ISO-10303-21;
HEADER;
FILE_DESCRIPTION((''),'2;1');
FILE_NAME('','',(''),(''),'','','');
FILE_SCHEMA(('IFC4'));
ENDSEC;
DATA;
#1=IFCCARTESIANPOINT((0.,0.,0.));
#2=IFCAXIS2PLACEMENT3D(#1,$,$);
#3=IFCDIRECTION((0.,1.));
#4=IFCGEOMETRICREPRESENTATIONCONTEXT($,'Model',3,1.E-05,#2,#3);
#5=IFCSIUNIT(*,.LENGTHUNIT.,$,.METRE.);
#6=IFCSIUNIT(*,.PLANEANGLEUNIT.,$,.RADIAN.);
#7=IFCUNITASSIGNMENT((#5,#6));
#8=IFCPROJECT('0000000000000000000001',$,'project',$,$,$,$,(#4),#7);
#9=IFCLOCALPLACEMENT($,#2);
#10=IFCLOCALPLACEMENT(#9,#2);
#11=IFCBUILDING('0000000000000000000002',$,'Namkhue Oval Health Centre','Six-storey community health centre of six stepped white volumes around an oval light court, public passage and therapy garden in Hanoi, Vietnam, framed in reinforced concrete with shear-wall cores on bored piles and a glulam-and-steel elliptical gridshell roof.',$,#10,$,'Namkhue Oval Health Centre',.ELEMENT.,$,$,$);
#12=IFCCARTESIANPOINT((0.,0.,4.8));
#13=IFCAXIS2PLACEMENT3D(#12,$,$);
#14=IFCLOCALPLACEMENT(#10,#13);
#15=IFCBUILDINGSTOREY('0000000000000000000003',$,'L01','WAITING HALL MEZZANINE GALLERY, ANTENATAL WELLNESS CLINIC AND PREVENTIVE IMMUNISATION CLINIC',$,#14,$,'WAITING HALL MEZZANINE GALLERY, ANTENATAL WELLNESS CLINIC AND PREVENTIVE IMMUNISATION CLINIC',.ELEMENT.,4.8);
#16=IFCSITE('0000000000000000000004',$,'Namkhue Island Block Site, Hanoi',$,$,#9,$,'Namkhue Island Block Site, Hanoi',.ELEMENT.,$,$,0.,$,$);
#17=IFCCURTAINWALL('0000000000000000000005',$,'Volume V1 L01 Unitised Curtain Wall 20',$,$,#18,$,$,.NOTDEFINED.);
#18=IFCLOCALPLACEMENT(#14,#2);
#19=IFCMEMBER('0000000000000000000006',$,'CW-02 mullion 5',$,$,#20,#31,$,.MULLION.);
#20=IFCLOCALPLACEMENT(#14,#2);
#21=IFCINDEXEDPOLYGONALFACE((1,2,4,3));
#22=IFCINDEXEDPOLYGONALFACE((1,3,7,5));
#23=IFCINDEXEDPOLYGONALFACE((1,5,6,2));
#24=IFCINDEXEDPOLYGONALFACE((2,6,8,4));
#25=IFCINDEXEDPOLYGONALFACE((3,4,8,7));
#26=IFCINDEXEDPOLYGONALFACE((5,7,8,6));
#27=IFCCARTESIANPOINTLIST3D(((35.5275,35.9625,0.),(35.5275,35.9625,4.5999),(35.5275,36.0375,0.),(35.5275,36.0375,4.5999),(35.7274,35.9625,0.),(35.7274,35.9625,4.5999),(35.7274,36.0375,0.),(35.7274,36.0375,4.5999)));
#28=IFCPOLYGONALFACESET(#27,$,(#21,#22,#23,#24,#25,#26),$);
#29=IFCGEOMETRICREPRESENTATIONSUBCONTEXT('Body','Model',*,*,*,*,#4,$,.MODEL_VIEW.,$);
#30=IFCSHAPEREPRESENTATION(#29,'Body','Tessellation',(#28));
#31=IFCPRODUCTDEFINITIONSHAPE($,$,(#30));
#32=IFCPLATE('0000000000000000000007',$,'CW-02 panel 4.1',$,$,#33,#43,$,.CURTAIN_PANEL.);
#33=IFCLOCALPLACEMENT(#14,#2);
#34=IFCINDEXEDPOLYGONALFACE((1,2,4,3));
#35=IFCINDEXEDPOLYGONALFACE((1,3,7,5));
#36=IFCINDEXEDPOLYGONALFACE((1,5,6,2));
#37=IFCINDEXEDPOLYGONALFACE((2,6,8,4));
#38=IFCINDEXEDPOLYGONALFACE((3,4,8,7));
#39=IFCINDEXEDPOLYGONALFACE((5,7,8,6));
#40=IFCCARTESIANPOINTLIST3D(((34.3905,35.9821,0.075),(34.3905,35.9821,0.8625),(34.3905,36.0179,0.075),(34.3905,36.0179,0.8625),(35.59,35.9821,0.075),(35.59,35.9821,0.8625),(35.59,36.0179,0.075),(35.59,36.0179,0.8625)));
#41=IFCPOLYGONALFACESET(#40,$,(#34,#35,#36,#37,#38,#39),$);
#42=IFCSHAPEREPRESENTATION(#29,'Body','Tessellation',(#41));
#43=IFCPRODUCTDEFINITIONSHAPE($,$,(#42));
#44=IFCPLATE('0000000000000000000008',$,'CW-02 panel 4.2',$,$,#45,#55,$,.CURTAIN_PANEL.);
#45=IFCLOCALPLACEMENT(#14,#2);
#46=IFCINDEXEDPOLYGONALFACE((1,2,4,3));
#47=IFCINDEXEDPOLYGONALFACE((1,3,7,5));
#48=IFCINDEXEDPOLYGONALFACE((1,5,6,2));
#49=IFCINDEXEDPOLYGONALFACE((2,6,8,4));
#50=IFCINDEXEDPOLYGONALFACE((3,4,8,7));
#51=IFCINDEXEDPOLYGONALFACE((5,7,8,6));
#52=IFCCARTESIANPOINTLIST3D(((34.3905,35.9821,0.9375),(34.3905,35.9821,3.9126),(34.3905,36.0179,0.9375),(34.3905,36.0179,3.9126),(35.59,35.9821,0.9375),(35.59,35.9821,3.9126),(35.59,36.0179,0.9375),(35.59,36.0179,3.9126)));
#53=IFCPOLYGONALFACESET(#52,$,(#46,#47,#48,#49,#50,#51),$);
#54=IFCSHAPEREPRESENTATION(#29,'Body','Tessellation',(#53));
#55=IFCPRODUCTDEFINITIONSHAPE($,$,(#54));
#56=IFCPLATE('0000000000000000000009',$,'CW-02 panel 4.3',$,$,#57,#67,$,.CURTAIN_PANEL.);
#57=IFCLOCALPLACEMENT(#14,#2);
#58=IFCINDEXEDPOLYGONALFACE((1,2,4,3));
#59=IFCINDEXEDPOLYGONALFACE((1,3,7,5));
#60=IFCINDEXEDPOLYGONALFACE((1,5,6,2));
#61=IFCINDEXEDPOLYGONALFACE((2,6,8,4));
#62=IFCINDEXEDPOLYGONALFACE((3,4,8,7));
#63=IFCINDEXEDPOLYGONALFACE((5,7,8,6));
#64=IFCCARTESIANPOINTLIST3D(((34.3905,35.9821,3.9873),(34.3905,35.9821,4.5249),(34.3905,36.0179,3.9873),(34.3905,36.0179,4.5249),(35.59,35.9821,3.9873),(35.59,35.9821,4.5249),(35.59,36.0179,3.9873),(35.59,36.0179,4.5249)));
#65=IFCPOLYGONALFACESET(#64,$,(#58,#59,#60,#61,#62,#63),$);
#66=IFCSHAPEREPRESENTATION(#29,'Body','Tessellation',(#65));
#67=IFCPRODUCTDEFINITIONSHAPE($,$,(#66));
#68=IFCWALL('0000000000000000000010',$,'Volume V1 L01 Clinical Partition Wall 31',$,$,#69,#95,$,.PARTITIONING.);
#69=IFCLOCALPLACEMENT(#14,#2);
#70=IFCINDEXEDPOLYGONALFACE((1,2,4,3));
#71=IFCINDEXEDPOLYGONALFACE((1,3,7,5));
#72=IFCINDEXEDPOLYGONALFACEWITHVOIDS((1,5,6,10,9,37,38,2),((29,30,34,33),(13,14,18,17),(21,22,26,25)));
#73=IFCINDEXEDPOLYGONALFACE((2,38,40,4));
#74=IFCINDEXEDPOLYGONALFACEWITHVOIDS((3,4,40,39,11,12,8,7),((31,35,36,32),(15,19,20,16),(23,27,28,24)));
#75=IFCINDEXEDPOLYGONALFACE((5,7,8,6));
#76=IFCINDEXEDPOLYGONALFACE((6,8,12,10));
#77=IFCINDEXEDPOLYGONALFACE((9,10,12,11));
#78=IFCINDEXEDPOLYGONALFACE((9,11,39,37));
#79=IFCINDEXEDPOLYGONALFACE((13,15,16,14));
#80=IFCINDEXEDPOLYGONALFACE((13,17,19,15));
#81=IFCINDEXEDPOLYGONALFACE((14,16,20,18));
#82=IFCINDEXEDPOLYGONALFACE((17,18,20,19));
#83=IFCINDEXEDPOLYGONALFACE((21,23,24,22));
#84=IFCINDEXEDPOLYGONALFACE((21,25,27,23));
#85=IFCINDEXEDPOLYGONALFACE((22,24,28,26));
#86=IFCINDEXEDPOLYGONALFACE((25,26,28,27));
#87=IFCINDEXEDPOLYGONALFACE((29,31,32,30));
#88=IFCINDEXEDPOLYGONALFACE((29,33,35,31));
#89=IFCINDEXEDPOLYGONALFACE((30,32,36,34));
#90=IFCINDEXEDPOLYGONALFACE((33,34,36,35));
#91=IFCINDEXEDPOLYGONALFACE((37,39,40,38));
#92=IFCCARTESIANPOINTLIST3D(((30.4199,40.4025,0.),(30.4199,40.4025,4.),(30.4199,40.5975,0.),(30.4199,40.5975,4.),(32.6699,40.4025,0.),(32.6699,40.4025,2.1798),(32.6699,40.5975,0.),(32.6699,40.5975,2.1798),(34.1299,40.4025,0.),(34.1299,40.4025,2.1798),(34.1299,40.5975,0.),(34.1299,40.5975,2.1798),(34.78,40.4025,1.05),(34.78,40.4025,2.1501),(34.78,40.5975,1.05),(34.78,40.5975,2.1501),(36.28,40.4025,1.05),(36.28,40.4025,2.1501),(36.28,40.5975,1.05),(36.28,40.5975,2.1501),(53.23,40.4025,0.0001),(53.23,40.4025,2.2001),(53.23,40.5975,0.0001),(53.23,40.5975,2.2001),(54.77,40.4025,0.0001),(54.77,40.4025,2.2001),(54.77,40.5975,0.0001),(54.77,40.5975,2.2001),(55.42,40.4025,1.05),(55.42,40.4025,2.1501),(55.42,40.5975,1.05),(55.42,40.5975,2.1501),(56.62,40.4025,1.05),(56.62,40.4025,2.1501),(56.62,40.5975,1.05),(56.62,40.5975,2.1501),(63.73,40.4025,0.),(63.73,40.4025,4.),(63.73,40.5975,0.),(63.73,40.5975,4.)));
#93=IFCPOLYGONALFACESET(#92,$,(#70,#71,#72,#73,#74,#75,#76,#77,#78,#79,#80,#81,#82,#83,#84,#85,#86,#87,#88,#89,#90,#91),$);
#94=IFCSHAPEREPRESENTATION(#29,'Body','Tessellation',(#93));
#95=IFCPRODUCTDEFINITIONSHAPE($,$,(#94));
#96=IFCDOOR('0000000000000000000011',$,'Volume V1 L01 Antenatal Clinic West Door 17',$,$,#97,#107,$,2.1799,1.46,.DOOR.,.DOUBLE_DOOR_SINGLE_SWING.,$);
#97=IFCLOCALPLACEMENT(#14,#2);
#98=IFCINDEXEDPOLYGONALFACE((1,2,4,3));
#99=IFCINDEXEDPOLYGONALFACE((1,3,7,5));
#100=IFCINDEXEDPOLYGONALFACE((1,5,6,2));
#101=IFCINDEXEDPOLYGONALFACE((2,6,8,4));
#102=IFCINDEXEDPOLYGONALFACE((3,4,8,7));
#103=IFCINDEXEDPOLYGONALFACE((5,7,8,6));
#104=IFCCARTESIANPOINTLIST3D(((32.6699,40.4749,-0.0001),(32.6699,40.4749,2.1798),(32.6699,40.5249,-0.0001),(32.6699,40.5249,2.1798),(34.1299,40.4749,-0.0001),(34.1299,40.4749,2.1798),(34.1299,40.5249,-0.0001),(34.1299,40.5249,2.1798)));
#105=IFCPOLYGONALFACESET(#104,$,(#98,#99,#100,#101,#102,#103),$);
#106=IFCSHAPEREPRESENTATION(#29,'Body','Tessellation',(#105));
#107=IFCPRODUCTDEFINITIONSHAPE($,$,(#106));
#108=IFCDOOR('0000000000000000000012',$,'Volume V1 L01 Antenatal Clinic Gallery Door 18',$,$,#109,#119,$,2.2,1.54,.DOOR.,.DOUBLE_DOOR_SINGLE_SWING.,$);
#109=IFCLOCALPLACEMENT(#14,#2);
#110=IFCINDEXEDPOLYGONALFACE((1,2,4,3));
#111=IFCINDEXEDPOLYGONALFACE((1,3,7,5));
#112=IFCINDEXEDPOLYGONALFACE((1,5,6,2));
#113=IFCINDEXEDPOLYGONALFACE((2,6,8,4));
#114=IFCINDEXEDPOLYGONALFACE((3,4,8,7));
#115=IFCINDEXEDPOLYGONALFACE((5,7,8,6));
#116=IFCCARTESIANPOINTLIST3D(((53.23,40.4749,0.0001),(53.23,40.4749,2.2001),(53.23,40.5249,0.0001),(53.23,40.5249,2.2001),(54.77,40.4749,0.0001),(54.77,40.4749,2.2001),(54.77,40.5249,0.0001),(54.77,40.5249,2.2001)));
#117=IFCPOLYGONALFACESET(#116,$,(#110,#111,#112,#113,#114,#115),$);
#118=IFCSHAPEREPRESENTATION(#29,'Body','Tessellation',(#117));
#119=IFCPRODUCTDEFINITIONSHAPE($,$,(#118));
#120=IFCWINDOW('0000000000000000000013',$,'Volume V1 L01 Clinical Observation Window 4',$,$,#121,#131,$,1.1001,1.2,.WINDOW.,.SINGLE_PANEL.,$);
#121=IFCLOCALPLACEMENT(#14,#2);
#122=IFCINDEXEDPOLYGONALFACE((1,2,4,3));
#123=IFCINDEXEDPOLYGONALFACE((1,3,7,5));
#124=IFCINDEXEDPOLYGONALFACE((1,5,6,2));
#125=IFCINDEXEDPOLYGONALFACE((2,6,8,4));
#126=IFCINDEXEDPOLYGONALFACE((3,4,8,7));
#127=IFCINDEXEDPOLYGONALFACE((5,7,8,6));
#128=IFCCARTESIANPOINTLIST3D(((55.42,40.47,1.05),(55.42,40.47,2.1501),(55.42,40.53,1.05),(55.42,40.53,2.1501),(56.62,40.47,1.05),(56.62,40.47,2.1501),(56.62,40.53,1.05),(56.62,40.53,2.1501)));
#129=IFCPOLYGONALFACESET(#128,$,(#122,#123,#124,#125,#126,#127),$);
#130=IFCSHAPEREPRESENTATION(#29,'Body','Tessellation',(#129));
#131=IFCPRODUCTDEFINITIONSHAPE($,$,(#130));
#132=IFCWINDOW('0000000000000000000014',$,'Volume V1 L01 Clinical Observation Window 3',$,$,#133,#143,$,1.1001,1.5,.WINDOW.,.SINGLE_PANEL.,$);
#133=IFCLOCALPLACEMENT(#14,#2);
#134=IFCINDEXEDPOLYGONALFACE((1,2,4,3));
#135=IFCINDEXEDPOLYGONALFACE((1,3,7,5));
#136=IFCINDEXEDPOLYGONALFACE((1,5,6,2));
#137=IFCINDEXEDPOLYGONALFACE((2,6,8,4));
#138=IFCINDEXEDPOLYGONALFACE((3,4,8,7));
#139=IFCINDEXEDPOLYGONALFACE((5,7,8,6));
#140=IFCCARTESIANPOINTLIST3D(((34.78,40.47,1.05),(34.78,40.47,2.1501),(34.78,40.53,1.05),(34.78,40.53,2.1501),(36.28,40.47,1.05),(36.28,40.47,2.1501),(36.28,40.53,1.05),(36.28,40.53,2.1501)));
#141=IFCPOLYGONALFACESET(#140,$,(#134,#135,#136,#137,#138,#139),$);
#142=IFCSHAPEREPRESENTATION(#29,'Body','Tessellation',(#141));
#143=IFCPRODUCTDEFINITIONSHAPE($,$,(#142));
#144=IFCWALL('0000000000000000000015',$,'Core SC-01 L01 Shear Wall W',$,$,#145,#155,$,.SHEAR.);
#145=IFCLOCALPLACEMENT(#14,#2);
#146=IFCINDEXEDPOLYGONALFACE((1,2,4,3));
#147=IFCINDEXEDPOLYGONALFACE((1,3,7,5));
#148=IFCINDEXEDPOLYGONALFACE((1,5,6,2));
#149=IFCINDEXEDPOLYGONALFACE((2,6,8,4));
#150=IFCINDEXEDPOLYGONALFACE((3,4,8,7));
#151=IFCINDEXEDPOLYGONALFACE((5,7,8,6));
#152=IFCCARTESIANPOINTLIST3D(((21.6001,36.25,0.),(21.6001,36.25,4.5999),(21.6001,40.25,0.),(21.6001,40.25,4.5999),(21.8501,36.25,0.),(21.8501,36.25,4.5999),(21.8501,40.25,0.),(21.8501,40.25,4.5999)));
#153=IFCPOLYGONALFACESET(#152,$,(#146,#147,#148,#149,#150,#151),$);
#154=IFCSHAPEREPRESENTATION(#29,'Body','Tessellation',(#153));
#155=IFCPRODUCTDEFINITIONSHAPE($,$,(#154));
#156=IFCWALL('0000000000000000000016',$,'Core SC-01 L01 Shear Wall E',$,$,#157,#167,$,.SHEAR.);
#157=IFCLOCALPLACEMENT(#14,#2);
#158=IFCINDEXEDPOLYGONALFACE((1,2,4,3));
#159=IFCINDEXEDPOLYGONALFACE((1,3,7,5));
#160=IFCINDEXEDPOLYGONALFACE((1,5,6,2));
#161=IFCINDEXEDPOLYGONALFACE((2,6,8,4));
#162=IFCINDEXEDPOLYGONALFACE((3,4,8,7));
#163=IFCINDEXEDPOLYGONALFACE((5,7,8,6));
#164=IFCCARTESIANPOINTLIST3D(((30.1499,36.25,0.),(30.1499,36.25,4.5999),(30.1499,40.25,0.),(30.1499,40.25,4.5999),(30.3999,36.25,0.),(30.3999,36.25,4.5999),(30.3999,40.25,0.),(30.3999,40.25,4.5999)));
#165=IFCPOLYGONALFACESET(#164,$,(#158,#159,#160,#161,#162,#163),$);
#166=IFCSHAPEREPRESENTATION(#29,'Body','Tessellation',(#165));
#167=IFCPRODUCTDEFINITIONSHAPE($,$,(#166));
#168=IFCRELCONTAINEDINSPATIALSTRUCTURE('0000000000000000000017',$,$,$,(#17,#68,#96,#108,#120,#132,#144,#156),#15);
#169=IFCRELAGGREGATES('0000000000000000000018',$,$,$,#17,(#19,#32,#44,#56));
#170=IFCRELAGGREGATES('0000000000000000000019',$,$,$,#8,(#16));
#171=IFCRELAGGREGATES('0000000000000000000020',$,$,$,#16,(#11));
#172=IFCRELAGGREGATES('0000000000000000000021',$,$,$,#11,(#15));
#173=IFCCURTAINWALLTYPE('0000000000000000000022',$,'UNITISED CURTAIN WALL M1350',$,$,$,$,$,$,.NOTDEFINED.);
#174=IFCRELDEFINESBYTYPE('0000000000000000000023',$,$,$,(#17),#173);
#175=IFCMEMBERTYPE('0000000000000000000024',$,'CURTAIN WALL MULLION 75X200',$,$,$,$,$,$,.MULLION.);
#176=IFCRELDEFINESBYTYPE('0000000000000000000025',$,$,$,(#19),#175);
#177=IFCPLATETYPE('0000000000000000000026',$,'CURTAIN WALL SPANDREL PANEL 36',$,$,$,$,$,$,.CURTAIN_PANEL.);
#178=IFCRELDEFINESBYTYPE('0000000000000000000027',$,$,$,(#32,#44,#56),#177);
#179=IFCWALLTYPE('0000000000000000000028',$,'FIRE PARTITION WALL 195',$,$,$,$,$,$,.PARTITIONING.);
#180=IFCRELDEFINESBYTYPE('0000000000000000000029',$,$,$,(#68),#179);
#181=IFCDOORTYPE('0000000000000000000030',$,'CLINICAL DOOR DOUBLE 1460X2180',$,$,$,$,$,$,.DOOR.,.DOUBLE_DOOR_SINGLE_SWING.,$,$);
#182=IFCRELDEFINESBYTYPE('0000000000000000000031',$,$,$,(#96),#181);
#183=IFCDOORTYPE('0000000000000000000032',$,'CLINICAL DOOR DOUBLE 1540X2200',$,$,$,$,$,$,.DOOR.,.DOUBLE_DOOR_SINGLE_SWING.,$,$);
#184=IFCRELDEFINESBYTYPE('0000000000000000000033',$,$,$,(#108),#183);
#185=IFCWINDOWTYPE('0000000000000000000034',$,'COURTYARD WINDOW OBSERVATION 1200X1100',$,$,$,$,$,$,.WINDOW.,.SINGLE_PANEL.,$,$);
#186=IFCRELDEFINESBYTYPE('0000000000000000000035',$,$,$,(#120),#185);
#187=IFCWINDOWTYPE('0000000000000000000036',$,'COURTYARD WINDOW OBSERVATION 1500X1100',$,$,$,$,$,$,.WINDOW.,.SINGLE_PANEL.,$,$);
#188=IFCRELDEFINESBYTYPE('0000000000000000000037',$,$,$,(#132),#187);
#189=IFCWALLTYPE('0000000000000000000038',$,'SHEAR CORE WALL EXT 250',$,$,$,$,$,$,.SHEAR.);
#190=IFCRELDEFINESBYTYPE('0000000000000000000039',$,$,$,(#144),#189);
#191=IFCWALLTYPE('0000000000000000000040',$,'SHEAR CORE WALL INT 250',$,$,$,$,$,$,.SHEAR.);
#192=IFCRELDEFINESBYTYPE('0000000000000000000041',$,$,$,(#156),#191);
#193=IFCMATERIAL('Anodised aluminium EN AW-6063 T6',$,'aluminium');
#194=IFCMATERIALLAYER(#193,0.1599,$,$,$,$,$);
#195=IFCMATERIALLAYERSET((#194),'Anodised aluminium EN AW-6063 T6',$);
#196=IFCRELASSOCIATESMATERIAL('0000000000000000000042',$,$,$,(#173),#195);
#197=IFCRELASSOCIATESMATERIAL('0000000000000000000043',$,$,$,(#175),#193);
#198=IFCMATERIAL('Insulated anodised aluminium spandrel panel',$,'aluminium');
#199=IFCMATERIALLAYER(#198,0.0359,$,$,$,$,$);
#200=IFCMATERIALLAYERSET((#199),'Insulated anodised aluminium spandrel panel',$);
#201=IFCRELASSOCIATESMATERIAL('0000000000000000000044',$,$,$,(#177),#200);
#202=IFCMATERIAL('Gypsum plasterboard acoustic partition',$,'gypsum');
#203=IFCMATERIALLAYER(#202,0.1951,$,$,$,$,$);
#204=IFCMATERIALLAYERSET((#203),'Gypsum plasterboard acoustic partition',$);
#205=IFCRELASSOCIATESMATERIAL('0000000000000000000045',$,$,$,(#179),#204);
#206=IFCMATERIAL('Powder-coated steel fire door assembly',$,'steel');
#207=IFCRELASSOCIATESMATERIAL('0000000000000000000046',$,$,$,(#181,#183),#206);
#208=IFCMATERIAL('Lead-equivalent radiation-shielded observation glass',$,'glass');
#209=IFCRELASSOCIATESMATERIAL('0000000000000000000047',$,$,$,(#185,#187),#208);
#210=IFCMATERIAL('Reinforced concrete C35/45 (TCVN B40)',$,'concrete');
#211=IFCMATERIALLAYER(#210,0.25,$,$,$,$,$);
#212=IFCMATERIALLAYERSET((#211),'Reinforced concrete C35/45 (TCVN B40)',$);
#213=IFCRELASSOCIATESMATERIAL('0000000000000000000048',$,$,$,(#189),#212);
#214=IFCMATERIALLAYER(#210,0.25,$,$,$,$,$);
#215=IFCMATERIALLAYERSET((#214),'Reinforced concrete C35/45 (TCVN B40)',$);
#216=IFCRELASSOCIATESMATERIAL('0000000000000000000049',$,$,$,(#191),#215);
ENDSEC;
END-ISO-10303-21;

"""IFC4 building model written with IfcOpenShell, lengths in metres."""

from ifc_helpers import new_model, si_unit, direction, frame, frame_2d, origin, origin_2d, place, context, subcontext, project, spatial, rectangle, extrude, material, layer, layer_set, material_profile, profile_set, type_object, element, fill, aggregate, save


model = new_model("IFC4")

# Units and contexts
model_context = context("Model", 3, precision=1e-05, world=origin(), true_north=direction((0.0, 1.0)))
body_context = subcontext(model_context, "Body", "Model", "MODEL_VIEW")
ifc_project = project(units=[si_unit("LENGTHUNIT", "METRE"), si_unit("PLANEANGLEUNIT", "RADIAN")], contexts=[model_context])

# Site, building, storey
site_placement = place(None, origin())
site = spatial("IfcSite", under=ifc_project, at=site_placement, Name="Namkhue Island Block Site, Hanoi", LongName="Namkhue Island Block Site, Hanoi", CompositionType="ELEMENT", RefElevation=0.0)
building_placement = place(site_placement, origin())
building = spatial("IfcBuilding", under=site, at=building_placement, Name="Namkhue Oval Health Centre", Description="Six-storey community health centre of six stepped white volumes around an oval light court, public passage and therapy garden in Hanoi, Vietnam, framed in reinforced concrete with shear-wall cores on bored piles and a glulam-and-steel elliptical gridshell roof.", LongName="Namkhue Oval Health Centre", CompositionType="ELEMENT")
storey_placement = place(building_placement, frame((0.0, 0.0, 4.8)))
storey = spatial("IfcBuildingStorey", under=building, at=storey_placement, Name="L01", Description="WAITING HALL MEZZANINE GALLERY, ANTENATAL WELLNESS CLINIC AND PREVENTIVE IMMUNISATION CLINIC", LongName="WAITING HALL MEZZANINE GALLERY, ANTENATAL WELLNESS CLINIC AND PREVENTIVE IMMUNISATION CLINIC", CompositionType="ELEMENT", Elevation=4.8)

# Curtain wall, member, plates
ifc_material_1 = material(Name="Anodised aluminium EN AW-6063 T6", Category="aluminium")
ifc_layer_1 = layer(ifc_material_1, 0.1599)
ifc_layer_set_1 = layer_set([ifc_layer_1], Name="Anodised aluminium EN AW-6063 T6")
curtain_wall_type = type_object("IfcCurtainWallType", Name="UNITISED CURTAIN WALL M1350", PredefinedType="NOTDEFINED", material=ifc_layer_set_1)
curtain_wall_placement = place(storey_placement, origin())
curtain_wall = element("IfcCurtainWall", 1, at=curtain_wall_placement, inside=storey, type_object=curtain_wall_type, Name="Volume V1 L01 Unitised Curtain Wall 20", PredefinedType="NOTDEFINED")
ifc_material_profile = material_profile(ifc_material_1, rectangle(XDim=0.075, YDim=0.2, at=origin_2d()), Name="ALU 75x200")
ifc_profile_set = profile_set([ifc_material_profile], Name="Anodised aluminium EN AW-6063 T6")
member_type = type_object("IfcMemberType", Name="CURTAIN WALL MULLION 75X200", PredefinedType="MULLION", material=ifc_profile_set)
member_placement = place(storey_placement, frame((35.6274, 36.0, 0.0), z_axis=(0.0, 0.0, 1.0), x_axis=(0.0, 1.0, 0.0)))
member = element("IfcMember", 2, at=member_placement, type_object=member_type, Name="CW-02 mullion 5", PredefinedType="MULLION", context=body_context, shape_type="SweptSolid", body=[
    extrude(rectangle(XDim=0.075, YDim=0.2, at=origin_2d()), origin(), (0.0, 0.0, 1.0), 4.5999),
])
ifc_material_2 = material(Name="Insulated anodised aluminium spandrel panel", Category="aluminium")
ifc_layer_2 = layer(ifc_material_2, 0.0359)
ifc_layer_set_2 = layer_set([ifc_layer_2], Name="Insulated anodised aluminium spandrel panel")
plate_type = type_object("IfcPlateType", Name="CURTAIN WALL SPANDREL PANEL 36", PredefinedType="CURTAIN_PANEL", material=ifc_layer_set_2)
plate_1_placement = place(storey_placement, frame((34.9902, 36.0, 0.075), z_axis=(0.0, 0.0, 1.0), x_axis=(1.0, 0.0, 0.0)))
plate_1 = element("IfcPlate", 3, at=plate_1_placement, type_object=plate_type, Name="CW-02 panel 4.1", PredefinedType="CURTAIN_PANEL", context=body_context, shape_type="SweptSolid", body=[
    extrude(rectangle(XDim=1.1995, YDim=0.0359, at=origin_2d()), origin(), (0.0, 0.0, 1.0), 0.7876),
])
plate_2_placement = place(storey_placement, frame((34.9902, 36.0, 0.9375), z_axis=(0.0, 0.0, 1.0), x_axis=(1.0, 0.0, 0.0)))
plate_2 = element("IfcPlate", 4, at=plate_2_placement, type_object=plate_type, Name="CW-02 panel 4.2", PredefinedType="CURTAIN_PANEL", context=body_context, shape_type="SweptSolid", body=[
    extrude(rectangle(XDim=1.1995, YDim=0.0359, at=origin_2d()), origin(), (0.0, 0.0, 1.0), 2.9751),
])
plate_3_placement = place(storey_placement, frame((34.9902, 36.0, 3.9873), z_axis=(0.0, 0.0, 1.0), x_axis=(1.0, 0.0, 0.0)))
plate_3 = element("IfcPlate", 5, at=plate_3_placement, type_object=plate_type, Name="CW-02 panel 4.3", PredefinedType="CURTAIN_PANEL", context=body_context, shape_type="SweptSolid", body=[
    extrude(rectangle(XDim=1.1995, YDim=0.0359, at=origin_2d()), origin(), (0.0, 0.0, 1.0), 0.5376),
])
aggregate(curtain_wall, [member, plate_1, plate_2, plate_3])

# Wall, openings, doors, windows
ifc_material_3 = material(Name="Gypsum plasterboard acoustic partition", Category="gypsum")
ifc_layer_3 = layer(ifc_material_3, 0.1951)
ifc_layer_set_3 = layer_set([ifc_layer_3], Name="Gypsum plasterboard acoustic partition")
wall_type_1 = type_object("IfcWallType", Name="FIRE PARTITION WALL 195", PredefinedType="PARTITIONING", material=ifc_layer_set_3)
wall_1_placement = place(storey_placement, frame((30.4199, 40.5, 0.0), z_axis=(0.0, 0.0, 1.0), x_axis=(1.0, 0.0, 0.0)))
wall_1 = element("IfcWall", 6, at=wall_1_placement, inside=storey, type_object=wall_type_1, Name="Volume V1 L01 Clinical Partition Wall 31", PredefinedType="PARTITIONING", context=body_context, shape_type="SweptSolid", body=[
    extrude(rectangle(XDim=33.3101, YDim=0.1951, at=frame_2d((16.655, 0.0))), origin(), (0.0, 0.0, 1.0), 4.0),
])
opening_1_placement = place(wall_1_placement, frame((2.25, 0.0, 0.0)))
opening_1 = element("IfcOpeningElement", 7, at=opening_1_placement, cuts=wall_1, PredefinedType="OPENING", context=body_context, shape_type="SweptSolid", body=[
    extrude(rectangle(XDim=1.46, YDim=2.1799, at=frame_2d((0.73, 1.0898))), frame((0.0, 0.1074, 0.0), z_axis=(0.0, -1.0, 0.0), x_axis=(1.0, 0.0, 0.0)), (0.0, 0.0, 1.0), 0.2151),
])
opening_2_placement = place(wall_1_placement, frame((4.3601, 0.0, 1.05)))
opening_2 = element("IfcOpeningElement", 8, at=opening_2_placement, cuts=wall_1, PredefinedType="OPENING", context=body_context, shape_type="SweptSolid", body=[
    extrude(rectangle(XDim=1.5, YDim=1.1001, at=frame_2d((0.75, 0.55))), frame((0.0, 0.1074, 0.0), z_axis=(0.0, -1.0, 0.0), x_axis=(1.0, 0.0, 0.0)), (0.0, 0.0, 1.0), 0.2151),
])
opening_3_placement = place(wall_1_placement, frame((22.8101, 0.0, 0.0)))
opening_3 = element("IfcOpeningElement", 9, at=opening_3_placement, cuts=wall_1, PredefinedType="OPENING", context=body_context, shape_type="SweptSolid", body=[
    extrude(rectangle(XDim=1.54, YDim=2.2, at=frame_2d((0.77, 1.1001))), frame((0.0, 0.1074, 0.0), z_axis=(0.0, -1.0, 0.0), x_axis=(1.0, 0.0, 0.0)), (0.0, 0.0, 1.0), 0.2151),
])
opening_4_placement = place(wall_1_placement, frame((25.0, 0.0, 1.05)))
opening_4 = element("IfcOpeningElement", 10, at=opening_4_placement, cuts=wall_1, PredefinedType="OPENING", context=body_context, shape_type="SweptSolid", body=[
    extrude(rectangle(XDim=1.2, YDim=1.1001, at=frame_2d((0.6001, 0.55))), frame((0.0, 0.1074, 0.0), z_axis=(0.0, -1.0, 0.0), x_axis=(1.0, 0.0, 0.0)), (0.0, 0.0, 1.0), 0.2151),
])
ifc_material_4 = material(Name="Powder-coated steel fire door assembly", Category="steel")
door_type_1 = type_object("IfcDoorType", Name="CLINICAL DOOR DOUBLE 1460X2180", OperationType="DOUBLE_DOOR_SINGLE_SWING", PredefinedType="DOOR", material=ifc_material_4)
door_1_placement = place(opening_1_placement, origin())
door_1 = element("IfcDoor", 11, at=door_1_placement, inside=storey, type_object=door_type_1, Name="Volume V1 L01 Antenatal Clinic West Door 17", OperationType="DOUBLE_DOOR_SINGLE_SWING", OverallHeight=2.1799, OverallWidth=1.46, PredefinedType="DOOR", context=body_context, shape_type="SweptSolid", body=[
    extrude(rectangle(XDim=1.46, YDim=2.1799, at=frame_2d((0.73, 1.0898))), frame((0.0, 0.0249, 0.0), z_axis=(0.0, -1.0, 0.0), x_axis=(1.0, 0.0, 0.0)), (0.0, 0.0, 1.0), 0.05),
])
fill(opening_1, door_1)
door_type_2 = type_object("IfcDoorType", Name="CLINICAL DOOR DOUBLE 1540X2200", OperationType="DOUBLE_DOOR_SINGLE_SWING", PredefinedType="DOOR", material=ifc_material_4)
door_2_placement = place(opening_3_placement, origin())
door_2 = element("IfcDoor", 12, at=door_2_placement, inside=storey, type_object=door_type_2, Name="Volume V1 L01 Antenatal Clinic Gallery Door 18", OperationType="DOUBLE_DOOR_SINGLE_SWING", OverallHeight=2.2, OverallWidth=1.54, PredefinedType="DOOR", context=body_context, shape_type="SweptSolid", body=[
    extrude(rectangle(XDim=1.54, YDim=2.2, at=frame_2d((0.77, 1.1001))), frame((0.0, 0.0249, 0.0), z_axis=(0.0, -1.0, 0.0), x_axis=(1.0, 0.0, 0.0)), (0.0, 0.0, 1.0), 0.05),
])
fill(opening_3, door_2)
ifc_material_5 = material(Name="Lead-equivalent radiation-shielded observation glass", Category="glass")
window_type_1 = type_object("IfcWindowType", Name="COURTYARD WINDOW OBSERVATION 1200X1100", PartitioningType="SINGLE_PANEL", PredefinedType="WINDOW", material=ifc_material_5)
window_1_placement = place(opening_4_placement, origin())
window_1 = element("IfcWindow", 13, at=window_1_placement, inside=storey, type_object=window_type_1, Name="Volume V1 L01 Clinical Observation Window 4", OverallHeight=1.1001, OverallWidth=1.2, PartitioningType="SINGLE_PANEL", PredefinedType="WINDOW", context=body_context, shape_type="SweptSolid", body=[
    extrude(rectangle(XDim=1.2, YDim=1.1001, at=frame_2d((0.6001, 0.55))), frame((0.0, 0.03, 0.0), z_axis=(0.0, -1.0, 0.0), x_axis=(1.0, 0.0, 0.0)), (0.0, 0.0, 1.0), 0.0601),
])
fill(opening_4, window_1)
window_type_2 = type_object("IfcWindowType", Name="COURTYARD WINDOW OBSERVATION 1500X1100", PartitioningType="SINGLE_PANEL", PredefinedType="WINDOW", material=ifc_material_5)
window_2_placement = place(opening_2_placement, origin())
window_2 = element("IfcWindow", 14, at=window_2_placement, inside=storey, type_object=window_type_2, Name="Volume V1 L01 Clinical Observation Window 3", OverallHeight=1.1001, OverallWidth=1.5, PartitioningType="SINGLE_PANEL", PredefinedType="WINDOW", context=body_context, shape_type="SweptSolid", body=[
    extrude(rectangle(XDim=1.5, YDim=1.1001, at=frame_2d((0.75, 0.55))), frame((0.0, 0.03, 0.0), z_axis=(0.0, -1.0, 0.0), x_axis=(1.0, 0.0, 0.0)), (0.0, 0.0, 1.0), 0.0601),
])
fill(opening_2, window_2)

# Walls
ifc_material_6 = material(Name="Reinforced concrete C35/45 (TCVN B40)", Category="concrete")
ifc_layer_4 = layer(ifc_material_6, 0.25)
ifc_layer_set_4 = layer_set([ifc_layer_4], Name="Reinforced concrete C35/45 (TCVN B40)")
wall_type_2 = type_object("IfcWallType", Name="SHEAR CORE WALL EXT 250", PredefinedType="SHEAR", material=ifc_layer_set_4)
wall_2_placement = place(storey_placement, frame((21.7251, 40.25, 0.0), z_axis=(0.0, 0.0, 1.0), x_axis=(0.0, -1.0, 0.0)))
element("IfcWall", 15, at=wall_2_placement, inside=storey, type_object=wall_type_2, Name="Core SC-01 L01 Shear Wall W", PredefinedType="SHEAR", context=body_context, shape_type="SweptSolid", body=[
    extrude(rectangle(XDim=4.0, YDim=0.25, at=frame_2d((2.0, 0.0))), origin(), (0.0, 0.0, 1.0), 4.5999),
])
ifc_layer_5 = layer(ifc_material_6, 0.25)
ifc_layer_set_5 = layer_set([ifc_layer_5], Name="Reinforced concrete C35/45 (TCVN B40)")
wall_type_3 = type_object("IfcWallType", Name="SHEAR CORE WALL INT 250", PredefinedType="SHEAR", material=ifc_layer_set_5)
wall_3_placement = place(storey_placement, frame((30.2749, 36.25, 0.0), z_axis=(0.0, 0.0, 1.0), x_axis=(0.0, 1.0, 0.0)))
element("IfcWall", 16, at=wall_3_placement, inside=storey, type_object=wall_type_3, Name="Core SC-01 L01 Shear Wall E", PredefinedType="SHEAR", context=body_context, shape_type="SweptSolid", body=[
    extrude(rectangle(XDim=4.0, YDim=0.25, at=frame_2d((2.0, 0.0))), origin(), (0.0, 0.0, 1.0), 4.5999),
])

save(model, "model.ifc")
